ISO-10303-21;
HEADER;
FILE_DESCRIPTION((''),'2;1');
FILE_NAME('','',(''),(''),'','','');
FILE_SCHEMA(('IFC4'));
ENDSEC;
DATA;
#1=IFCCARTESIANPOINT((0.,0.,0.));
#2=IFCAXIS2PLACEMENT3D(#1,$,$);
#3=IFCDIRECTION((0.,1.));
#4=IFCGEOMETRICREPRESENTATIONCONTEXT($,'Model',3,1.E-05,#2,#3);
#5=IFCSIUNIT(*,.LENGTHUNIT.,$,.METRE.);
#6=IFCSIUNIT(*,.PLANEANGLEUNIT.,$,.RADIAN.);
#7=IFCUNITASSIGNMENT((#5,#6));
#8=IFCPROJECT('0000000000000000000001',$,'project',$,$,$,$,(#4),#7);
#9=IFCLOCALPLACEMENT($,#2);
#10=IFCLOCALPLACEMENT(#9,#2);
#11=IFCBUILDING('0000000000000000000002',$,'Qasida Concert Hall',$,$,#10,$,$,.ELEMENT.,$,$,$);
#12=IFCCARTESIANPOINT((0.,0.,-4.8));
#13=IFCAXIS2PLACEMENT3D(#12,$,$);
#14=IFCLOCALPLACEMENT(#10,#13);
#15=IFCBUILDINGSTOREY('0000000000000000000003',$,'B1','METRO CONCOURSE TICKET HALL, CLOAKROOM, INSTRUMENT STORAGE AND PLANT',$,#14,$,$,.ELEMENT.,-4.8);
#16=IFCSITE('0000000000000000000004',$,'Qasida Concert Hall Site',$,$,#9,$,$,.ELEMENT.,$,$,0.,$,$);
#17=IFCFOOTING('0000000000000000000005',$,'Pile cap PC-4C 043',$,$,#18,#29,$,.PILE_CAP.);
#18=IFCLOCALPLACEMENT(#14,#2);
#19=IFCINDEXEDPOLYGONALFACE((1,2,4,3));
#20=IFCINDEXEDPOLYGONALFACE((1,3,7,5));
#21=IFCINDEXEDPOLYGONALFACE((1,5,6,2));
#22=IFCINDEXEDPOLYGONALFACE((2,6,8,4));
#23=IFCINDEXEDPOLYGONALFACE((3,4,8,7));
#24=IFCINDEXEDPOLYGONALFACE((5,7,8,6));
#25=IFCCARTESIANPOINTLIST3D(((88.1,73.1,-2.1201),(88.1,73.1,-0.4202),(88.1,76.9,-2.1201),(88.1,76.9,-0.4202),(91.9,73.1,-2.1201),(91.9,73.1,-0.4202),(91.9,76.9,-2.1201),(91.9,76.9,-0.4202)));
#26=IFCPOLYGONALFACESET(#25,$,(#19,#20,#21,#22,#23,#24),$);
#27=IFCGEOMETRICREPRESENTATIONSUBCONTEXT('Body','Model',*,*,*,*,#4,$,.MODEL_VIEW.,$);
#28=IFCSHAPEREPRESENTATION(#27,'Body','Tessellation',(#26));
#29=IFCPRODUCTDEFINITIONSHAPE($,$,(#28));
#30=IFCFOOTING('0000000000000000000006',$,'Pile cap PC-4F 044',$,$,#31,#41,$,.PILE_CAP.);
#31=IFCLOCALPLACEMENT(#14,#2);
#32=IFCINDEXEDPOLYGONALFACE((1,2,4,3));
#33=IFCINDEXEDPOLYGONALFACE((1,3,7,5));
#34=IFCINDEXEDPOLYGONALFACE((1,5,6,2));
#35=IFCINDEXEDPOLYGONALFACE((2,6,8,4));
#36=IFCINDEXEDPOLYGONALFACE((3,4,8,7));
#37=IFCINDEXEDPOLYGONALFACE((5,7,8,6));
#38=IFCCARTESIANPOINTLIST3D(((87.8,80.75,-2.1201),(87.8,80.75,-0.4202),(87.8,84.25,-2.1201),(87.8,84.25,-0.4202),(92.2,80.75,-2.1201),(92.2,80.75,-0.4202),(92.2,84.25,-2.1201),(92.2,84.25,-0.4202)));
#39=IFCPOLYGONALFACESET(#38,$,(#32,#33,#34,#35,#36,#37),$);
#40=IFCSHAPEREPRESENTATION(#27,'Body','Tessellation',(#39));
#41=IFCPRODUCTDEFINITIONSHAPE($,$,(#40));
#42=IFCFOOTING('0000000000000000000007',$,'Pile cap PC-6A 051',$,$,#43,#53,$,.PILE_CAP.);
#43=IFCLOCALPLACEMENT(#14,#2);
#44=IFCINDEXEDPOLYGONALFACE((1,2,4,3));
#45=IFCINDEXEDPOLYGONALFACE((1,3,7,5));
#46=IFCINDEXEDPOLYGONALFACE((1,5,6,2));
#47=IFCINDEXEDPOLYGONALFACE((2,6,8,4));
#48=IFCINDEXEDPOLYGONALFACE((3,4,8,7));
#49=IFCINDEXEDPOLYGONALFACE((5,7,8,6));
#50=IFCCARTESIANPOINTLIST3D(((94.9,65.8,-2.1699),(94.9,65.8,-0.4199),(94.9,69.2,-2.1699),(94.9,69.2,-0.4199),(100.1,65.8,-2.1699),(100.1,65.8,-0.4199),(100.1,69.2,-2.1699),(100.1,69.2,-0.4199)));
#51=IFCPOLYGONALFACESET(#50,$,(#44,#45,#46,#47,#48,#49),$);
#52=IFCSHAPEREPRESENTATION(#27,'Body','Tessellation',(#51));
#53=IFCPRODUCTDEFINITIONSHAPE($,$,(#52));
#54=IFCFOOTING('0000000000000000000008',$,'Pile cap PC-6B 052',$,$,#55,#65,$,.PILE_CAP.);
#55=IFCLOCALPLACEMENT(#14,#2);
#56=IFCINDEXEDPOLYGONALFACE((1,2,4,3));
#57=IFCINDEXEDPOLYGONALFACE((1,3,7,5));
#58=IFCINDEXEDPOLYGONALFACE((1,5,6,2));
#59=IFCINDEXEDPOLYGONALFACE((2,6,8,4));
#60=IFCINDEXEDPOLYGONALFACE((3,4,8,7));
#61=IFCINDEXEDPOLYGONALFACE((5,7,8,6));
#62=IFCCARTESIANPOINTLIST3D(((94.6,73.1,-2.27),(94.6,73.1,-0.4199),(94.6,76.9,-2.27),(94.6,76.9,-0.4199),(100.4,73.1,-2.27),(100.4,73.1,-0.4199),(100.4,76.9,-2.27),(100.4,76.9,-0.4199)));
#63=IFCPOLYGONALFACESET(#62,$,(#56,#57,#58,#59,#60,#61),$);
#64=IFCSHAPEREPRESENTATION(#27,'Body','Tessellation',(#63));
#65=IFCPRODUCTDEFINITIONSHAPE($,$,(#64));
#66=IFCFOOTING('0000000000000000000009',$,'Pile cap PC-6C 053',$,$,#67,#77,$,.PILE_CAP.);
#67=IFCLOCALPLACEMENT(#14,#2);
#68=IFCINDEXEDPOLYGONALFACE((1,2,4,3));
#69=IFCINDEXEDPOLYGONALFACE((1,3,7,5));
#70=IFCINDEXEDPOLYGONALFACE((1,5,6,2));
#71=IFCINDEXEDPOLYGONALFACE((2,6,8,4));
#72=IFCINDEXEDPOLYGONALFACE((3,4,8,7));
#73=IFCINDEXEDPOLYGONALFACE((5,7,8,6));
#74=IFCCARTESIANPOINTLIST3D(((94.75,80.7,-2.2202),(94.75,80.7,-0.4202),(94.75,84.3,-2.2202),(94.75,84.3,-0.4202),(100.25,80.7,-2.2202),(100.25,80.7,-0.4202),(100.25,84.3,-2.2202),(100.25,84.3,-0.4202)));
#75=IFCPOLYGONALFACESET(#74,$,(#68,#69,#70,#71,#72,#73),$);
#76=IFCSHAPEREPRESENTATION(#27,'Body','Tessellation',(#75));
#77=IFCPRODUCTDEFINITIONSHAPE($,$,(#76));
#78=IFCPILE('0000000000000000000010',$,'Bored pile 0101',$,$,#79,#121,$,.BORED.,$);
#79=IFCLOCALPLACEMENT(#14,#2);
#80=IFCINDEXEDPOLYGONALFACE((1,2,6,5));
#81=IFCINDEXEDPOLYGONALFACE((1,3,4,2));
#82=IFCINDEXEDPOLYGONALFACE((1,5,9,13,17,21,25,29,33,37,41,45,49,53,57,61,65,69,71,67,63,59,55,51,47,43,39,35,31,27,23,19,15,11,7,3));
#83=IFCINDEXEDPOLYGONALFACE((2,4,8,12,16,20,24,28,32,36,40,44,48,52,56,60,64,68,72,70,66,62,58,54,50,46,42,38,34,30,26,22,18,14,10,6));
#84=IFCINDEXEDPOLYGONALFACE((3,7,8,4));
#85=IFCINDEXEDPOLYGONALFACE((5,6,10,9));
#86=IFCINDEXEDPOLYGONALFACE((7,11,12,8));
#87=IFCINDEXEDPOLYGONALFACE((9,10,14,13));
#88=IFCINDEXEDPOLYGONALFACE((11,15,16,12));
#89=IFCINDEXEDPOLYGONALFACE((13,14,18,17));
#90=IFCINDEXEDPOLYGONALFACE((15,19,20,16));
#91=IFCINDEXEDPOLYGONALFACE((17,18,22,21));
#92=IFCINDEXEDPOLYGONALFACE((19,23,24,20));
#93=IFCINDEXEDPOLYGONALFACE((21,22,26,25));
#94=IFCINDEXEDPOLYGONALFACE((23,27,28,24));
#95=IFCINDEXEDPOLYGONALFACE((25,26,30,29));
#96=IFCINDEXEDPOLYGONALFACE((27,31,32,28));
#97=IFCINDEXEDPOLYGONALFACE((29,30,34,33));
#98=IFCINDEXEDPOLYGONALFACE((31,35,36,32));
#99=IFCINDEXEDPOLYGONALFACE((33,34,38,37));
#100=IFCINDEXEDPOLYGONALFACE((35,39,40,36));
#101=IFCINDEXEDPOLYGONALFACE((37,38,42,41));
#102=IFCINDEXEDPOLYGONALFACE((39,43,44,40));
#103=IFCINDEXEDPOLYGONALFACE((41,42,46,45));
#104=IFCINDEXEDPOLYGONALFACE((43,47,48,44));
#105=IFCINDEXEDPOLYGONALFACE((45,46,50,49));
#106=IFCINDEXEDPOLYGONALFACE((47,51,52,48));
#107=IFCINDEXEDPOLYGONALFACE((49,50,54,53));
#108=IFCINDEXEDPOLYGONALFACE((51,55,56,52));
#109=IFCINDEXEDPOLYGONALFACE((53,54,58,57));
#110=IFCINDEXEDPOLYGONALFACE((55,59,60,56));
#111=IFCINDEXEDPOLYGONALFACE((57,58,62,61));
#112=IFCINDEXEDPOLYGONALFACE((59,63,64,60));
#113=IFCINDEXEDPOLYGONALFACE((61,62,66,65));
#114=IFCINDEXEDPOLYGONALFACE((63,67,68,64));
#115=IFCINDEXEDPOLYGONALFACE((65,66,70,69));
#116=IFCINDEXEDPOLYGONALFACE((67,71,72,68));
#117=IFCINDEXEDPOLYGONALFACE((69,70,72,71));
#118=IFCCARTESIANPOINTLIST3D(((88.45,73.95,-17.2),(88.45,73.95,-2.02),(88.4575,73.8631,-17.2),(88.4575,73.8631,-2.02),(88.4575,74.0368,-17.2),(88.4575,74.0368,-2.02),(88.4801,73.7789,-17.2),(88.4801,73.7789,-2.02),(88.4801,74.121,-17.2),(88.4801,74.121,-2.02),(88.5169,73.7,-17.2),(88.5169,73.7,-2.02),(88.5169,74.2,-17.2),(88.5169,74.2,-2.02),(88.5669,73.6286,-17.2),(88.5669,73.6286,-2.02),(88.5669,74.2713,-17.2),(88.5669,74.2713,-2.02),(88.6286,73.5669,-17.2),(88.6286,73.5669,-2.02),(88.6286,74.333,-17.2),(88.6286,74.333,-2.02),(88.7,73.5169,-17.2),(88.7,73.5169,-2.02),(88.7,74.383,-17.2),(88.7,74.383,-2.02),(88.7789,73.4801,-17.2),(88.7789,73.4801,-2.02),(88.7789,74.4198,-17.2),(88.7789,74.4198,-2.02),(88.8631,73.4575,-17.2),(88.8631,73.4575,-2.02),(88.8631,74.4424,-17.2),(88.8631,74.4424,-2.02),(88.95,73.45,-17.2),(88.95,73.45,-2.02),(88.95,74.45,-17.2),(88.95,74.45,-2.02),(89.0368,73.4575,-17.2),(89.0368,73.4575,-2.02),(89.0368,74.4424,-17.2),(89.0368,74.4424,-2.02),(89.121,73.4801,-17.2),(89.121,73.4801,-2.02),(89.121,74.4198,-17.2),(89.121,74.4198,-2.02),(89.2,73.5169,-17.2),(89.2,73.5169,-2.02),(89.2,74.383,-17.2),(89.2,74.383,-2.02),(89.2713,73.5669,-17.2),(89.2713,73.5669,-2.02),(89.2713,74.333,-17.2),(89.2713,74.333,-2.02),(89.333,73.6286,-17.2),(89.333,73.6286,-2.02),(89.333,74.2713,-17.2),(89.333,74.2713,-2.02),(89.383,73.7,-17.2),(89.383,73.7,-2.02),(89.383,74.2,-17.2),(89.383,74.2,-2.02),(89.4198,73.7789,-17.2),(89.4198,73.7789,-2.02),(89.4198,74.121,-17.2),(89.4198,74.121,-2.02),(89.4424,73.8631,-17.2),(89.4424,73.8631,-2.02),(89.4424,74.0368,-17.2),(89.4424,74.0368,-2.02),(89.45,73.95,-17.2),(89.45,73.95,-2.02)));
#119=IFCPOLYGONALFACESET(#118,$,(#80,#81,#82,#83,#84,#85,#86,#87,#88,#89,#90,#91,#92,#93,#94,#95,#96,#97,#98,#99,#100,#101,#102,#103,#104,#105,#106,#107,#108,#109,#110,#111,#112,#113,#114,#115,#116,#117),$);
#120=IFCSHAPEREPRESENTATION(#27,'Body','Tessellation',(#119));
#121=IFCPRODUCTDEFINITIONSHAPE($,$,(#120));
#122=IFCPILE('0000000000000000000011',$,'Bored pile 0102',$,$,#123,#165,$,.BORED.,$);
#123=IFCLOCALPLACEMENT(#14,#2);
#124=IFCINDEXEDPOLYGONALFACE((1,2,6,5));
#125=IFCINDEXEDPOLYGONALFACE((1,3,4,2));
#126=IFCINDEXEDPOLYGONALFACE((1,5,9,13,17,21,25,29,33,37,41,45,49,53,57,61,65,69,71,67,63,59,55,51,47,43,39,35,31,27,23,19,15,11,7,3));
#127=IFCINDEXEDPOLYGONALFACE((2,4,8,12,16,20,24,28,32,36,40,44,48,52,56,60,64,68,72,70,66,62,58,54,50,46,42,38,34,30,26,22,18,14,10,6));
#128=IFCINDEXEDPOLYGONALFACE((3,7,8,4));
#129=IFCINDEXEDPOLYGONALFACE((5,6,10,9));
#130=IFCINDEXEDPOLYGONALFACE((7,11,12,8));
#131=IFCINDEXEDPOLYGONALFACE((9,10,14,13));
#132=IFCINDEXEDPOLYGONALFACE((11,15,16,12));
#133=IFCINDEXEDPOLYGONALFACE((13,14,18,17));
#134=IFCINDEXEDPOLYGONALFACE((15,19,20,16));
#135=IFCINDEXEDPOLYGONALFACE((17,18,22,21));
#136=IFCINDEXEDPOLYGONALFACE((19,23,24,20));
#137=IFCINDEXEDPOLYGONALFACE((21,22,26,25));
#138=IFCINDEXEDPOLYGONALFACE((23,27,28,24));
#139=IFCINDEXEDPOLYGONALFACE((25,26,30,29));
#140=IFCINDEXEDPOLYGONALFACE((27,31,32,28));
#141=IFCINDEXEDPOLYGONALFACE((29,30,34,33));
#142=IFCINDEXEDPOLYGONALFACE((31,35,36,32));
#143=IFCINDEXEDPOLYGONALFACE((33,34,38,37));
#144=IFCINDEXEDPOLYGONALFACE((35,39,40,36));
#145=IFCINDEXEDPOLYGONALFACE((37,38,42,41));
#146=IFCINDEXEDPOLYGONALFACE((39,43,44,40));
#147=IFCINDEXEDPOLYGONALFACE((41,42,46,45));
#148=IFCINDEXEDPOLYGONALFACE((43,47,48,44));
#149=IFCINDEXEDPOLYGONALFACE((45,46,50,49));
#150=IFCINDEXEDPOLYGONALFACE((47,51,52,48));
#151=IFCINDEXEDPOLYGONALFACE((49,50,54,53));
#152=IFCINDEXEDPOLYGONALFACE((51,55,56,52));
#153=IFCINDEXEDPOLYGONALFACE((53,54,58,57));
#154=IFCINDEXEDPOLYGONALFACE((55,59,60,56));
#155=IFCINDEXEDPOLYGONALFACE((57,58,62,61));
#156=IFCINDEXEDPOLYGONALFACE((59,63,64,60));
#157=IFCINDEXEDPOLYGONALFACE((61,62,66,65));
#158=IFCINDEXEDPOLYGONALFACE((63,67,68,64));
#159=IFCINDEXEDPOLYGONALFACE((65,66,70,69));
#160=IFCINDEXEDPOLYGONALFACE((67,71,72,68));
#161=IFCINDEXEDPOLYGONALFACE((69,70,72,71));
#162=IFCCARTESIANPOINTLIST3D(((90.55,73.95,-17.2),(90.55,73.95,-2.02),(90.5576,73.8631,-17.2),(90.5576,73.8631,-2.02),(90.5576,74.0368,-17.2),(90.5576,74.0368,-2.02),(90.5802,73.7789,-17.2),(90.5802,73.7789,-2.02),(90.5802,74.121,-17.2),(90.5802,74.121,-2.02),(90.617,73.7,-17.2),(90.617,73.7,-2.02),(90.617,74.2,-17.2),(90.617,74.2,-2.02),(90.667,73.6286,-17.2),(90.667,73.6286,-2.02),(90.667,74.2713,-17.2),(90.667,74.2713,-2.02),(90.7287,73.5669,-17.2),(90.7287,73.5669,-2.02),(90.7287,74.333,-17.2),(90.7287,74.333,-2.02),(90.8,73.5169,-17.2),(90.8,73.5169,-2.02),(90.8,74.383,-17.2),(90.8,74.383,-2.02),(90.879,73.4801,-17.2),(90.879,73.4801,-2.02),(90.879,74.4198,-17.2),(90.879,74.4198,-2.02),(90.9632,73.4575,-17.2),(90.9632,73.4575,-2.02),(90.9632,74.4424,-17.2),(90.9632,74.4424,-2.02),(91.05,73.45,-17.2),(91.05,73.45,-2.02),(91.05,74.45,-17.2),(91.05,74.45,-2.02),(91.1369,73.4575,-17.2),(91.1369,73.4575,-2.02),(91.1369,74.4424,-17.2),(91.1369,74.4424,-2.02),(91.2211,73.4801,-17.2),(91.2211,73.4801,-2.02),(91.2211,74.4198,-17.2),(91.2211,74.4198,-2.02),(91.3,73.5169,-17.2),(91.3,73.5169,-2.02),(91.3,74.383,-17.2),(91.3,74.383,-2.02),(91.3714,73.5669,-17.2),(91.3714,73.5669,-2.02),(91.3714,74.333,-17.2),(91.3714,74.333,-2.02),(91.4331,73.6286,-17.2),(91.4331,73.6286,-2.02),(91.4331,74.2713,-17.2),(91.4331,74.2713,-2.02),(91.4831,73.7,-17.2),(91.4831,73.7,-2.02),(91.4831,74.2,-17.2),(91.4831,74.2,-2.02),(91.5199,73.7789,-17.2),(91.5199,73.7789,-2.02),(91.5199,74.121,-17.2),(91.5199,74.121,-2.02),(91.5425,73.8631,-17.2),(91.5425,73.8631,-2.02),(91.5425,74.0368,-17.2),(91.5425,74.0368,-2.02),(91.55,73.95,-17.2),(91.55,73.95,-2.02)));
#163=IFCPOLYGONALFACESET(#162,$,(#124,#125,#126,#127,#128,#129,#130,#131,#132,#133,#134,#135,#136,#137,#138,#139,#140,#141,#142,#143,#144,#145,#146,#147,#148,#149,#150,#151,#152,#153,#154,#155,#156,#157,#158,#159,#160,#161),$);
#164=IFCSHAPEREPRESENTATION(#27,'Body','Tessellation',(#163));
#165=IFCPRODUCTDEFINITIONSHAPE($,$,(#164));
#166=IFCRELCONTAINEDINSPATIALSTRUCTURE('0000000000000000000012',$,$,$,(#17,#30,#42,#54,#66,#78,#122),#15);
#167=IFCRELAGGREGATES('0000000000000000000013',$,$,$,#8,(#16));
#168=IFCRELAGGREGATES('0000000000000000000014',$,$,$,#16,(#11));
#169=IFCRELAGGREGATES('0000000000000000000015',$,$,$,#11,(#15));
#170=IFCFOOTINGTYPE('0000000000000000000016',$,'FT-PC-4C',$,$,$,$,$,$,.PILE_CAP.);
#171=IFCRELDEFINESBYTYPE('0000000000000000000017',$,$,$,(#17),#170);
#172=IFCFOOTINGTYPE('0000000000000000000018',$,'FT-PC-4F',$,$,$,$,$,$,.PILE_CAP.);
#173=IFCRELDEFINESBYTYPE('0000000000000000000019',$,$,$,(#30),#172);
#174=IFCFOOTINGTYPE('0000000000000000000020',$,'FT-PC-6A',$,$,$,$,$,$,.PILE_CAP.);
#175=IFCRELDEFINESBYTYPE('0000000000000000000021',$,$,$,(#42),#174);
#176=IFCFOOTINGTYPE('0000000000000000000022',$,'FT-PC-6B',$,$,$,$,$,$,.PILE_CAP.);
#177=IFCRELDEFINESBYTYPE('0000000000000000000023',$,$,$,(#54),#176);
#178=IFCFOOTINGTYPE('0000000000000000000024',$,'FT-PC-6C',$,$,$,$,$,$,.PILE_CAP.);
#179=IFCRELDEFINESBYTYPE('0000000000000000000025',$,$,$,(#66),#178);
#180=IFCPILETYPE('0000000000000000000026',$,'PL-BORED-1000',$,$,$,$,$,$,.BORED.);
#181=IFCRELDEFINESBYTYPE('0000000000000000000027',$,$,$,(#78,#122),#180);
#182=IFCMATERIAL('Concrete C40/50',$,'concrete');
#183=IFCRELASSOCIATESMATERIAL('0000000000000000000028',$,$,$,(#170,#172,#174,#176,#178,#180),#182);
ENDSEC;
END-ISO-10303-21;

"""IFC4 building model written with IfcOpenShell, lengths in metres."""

from ifc_helpers import new_model, si_unit, direction, frame, origin, origin_2d, place, context, subcontext, project, spatial, rectangle, circle, extrude, material, material_profile, profile_set, type_object, element, save


model = new_model("IFC4")

# Units and contexts
model_context = context("Model", 3, precision=1e-05, world=origin(), true_north=direction((0.0, 1.0)))
body_context = subcontext(model_context, "Body", "Model", "MODEL_VIEW")
ifc_project = project(units=[si_unit("LENGTHUNIT", "METRE"), si_unit("PLANEANGLEUNIT", "RADIAN")], contexts=[model_context])

# Site, building, storey
site_placement = place(None, origin())
site = spatial("IfcSite", under=ifc_project, at=site_placement, Name="Qasida Concert Hall Site", CompositionType="ELEMENT", RefElevation=0.0)
building_placement = place(site_placement, origin())
building = spatial("IfcBuilding", under=site, at=building_placement, Name="Qasida Concert Hall", CompositionType="ELEMENT")
storey_placement = place(building_placement, frame((0.0, 0.0, -4.8)))
storey = spatial("IfcBuildingStorey", under=building, at=storey_placement, Name="B1", Description="METRO CONCOURSE TICKET HALL, CLOAKROOM, INSTRUMENT STORAGE AND PLANT", CompositionType="ELEMENT", Elevation=-4.8)

# Footings
ifc_material_1 = material(Name="Concrete C40/50", Category="concrete")
footing_type_1 = type_object("IfcFootingType", Name="FT-PC-4C", PredefinedType="PILE_CAP", material=ifc_material_1)
footing_1_placement = place(storey_placement, frame((90.0, 75.0, -2.1201), z_axis=(0.0, 0.0, 1.0), x_axis=(1.0, 0.0, 0.0)))
element("IfcFooting", 1, at=footing_1_placement, inside=storey, type_object=footing_type_1, Name="Pile cap PC-4C 043", PredefinedType="PILE_CAP", context=body_context, shape_type="SweptSolid", body=[
    extrude(rectangle(XDim=3.8, YDim=3.8, at=origin_2d()), origin(), (0.0, 0.0, 1.0), 1.7),
])
footing_type_2 = type_object("IfcFootingType", Name="FT-PC-4F", PredefinedType="PILE_CAP", material=ifc_material_1)
footing_2_placement = place(storey_placement, frame((90.0, 82.5, -2.1201), z_axis=(0.0, 0.0, 1.0), x_axis=(1.0, 0.0, 0.0)))
element("IfcFooting", 2, at=footing_2_placement, inside=storey, type_object=footing_type_2, Name="Pile cap PC-4F 044", PredefinedType="PILE_CAP", context=body_context, shape_type="SweptSolid", body=[
    extrude(rectangle(XDim=4.3999, YDim=3.5, at=origin_2d()), origin(), (0.0, 0.0, 1.0), 1.7),
])
footing_type_3 = type_object("IfcFootingType", Name="FT-PC-6A", PredefinedType="PILE_CAP", material=ifc_material_1)
footing_3_placement = place(storey_placement, frame((97.5, 67.5, -2.1699), z_axis=(0.0, 0.0, 1.0), x_axis=(1.0, 0.0, 0.0)))
element("IfcFooting", 3, at=footing_3_placement, inside=storey, type_object=footing_type_3, Name="Pile cap PC-6A 051", PredefinedType="PILE_CAP", context=body_context, shape_type="SweptSolid", body=[
    extrude(rectangle(XDim=5.2, YDim=3.3999, at=origin_2d()), origin(), (0.0, 0.0, 1.0), 1.75),
])
footing_type_4 = type_object("IfcFootingType", Name="FT-PC-6B", PredefinedType="PILE_CAP", material=ifc_material_1)
footing_4_placement = place(storey_placement, frame((97.5, 75.0, -2.27), z_axis=(0.0, 0.0, 1.0), x_axis=(1.0, 0.0, 0.0)))
element("IfcFooting", 4, at=footing_4_placement, inside=storey, type_object=footing_type_4, Name="Pile cap PC-6B 052", PredefinedType="PILE_CAP", context=body_context, shape_type="SweptSolid", body=[
    extrude(rectangle(XDim=5.8, YDim=3.8, at=origin_2d()), origin(), (0.0, 0.0, 1.0), 1.8501),
])
footing_type_5 = type_object("IfcFootingType", Name="FT-PC-6C", PredefinedType="PILE_CAP", material=ifc_material_1)
footing_5_placement = place(storey_placement, frame((97.5, 82.5, -2.2202), z_axis=(0.0, 0.0, 1.0), x_axis=(1.0, 0.0, 0.0)))
element("IfcFooting", 5, at=footing_5_placement, inside=storey, type_object=footing_type_5, Name="Pile cap PC-6C 053", PredefinedType="PILE_CAP", context=body_context, shape_type="SweptSolid", body=[
    extrude(rectangle(XDim=5.5, YDim=3.6001, at=origin_2d()), origin(), (0.0, 0.0, 1.0), 1.8),
])

# Piles
ifc_material_profile_1 = material_profile(ifc_material_1, circle(Radius=0.5, at=origin_2d()), Name="BORED PILE D1000")
ifc_profile_set_1 = profile_set([ifc_material_profile_1], Name="Concrete C40/50")
pile_type_1 = type_object("IfcPileType", Name="PL-BORED-1000", PredefinedType="BORED", material=ifc_profile_set_1)
for number, where, z_axis, x_axis, name in (
    (6, (88.95, 73.95, -2.02), (0.0, 0.0, -1.0), (1.0, 0.0, 0.0), "Bored pile 0101"),
    (7, (91.05, 73.95, -2.02), (0.0, 0.0, -1.0), (1.0, 0.0, 0.0), "Bored pile 0102"),
):
    element("IfcPile", number, at=place(storey_placement, frame(where, z_axis=z_axis, x_axis=x_axis)), inside=storey, type_object=pile_type_1, Name=name, PredefinedType="BORED", context=body_context, shape_type="SweptSolid", body=[
        extrude(circle(Radius=0.5, at=origin_2d()), origin(), (0.0, 0.0, 1.0), 15.1799),
    ])

save(model, "model.ifc")
